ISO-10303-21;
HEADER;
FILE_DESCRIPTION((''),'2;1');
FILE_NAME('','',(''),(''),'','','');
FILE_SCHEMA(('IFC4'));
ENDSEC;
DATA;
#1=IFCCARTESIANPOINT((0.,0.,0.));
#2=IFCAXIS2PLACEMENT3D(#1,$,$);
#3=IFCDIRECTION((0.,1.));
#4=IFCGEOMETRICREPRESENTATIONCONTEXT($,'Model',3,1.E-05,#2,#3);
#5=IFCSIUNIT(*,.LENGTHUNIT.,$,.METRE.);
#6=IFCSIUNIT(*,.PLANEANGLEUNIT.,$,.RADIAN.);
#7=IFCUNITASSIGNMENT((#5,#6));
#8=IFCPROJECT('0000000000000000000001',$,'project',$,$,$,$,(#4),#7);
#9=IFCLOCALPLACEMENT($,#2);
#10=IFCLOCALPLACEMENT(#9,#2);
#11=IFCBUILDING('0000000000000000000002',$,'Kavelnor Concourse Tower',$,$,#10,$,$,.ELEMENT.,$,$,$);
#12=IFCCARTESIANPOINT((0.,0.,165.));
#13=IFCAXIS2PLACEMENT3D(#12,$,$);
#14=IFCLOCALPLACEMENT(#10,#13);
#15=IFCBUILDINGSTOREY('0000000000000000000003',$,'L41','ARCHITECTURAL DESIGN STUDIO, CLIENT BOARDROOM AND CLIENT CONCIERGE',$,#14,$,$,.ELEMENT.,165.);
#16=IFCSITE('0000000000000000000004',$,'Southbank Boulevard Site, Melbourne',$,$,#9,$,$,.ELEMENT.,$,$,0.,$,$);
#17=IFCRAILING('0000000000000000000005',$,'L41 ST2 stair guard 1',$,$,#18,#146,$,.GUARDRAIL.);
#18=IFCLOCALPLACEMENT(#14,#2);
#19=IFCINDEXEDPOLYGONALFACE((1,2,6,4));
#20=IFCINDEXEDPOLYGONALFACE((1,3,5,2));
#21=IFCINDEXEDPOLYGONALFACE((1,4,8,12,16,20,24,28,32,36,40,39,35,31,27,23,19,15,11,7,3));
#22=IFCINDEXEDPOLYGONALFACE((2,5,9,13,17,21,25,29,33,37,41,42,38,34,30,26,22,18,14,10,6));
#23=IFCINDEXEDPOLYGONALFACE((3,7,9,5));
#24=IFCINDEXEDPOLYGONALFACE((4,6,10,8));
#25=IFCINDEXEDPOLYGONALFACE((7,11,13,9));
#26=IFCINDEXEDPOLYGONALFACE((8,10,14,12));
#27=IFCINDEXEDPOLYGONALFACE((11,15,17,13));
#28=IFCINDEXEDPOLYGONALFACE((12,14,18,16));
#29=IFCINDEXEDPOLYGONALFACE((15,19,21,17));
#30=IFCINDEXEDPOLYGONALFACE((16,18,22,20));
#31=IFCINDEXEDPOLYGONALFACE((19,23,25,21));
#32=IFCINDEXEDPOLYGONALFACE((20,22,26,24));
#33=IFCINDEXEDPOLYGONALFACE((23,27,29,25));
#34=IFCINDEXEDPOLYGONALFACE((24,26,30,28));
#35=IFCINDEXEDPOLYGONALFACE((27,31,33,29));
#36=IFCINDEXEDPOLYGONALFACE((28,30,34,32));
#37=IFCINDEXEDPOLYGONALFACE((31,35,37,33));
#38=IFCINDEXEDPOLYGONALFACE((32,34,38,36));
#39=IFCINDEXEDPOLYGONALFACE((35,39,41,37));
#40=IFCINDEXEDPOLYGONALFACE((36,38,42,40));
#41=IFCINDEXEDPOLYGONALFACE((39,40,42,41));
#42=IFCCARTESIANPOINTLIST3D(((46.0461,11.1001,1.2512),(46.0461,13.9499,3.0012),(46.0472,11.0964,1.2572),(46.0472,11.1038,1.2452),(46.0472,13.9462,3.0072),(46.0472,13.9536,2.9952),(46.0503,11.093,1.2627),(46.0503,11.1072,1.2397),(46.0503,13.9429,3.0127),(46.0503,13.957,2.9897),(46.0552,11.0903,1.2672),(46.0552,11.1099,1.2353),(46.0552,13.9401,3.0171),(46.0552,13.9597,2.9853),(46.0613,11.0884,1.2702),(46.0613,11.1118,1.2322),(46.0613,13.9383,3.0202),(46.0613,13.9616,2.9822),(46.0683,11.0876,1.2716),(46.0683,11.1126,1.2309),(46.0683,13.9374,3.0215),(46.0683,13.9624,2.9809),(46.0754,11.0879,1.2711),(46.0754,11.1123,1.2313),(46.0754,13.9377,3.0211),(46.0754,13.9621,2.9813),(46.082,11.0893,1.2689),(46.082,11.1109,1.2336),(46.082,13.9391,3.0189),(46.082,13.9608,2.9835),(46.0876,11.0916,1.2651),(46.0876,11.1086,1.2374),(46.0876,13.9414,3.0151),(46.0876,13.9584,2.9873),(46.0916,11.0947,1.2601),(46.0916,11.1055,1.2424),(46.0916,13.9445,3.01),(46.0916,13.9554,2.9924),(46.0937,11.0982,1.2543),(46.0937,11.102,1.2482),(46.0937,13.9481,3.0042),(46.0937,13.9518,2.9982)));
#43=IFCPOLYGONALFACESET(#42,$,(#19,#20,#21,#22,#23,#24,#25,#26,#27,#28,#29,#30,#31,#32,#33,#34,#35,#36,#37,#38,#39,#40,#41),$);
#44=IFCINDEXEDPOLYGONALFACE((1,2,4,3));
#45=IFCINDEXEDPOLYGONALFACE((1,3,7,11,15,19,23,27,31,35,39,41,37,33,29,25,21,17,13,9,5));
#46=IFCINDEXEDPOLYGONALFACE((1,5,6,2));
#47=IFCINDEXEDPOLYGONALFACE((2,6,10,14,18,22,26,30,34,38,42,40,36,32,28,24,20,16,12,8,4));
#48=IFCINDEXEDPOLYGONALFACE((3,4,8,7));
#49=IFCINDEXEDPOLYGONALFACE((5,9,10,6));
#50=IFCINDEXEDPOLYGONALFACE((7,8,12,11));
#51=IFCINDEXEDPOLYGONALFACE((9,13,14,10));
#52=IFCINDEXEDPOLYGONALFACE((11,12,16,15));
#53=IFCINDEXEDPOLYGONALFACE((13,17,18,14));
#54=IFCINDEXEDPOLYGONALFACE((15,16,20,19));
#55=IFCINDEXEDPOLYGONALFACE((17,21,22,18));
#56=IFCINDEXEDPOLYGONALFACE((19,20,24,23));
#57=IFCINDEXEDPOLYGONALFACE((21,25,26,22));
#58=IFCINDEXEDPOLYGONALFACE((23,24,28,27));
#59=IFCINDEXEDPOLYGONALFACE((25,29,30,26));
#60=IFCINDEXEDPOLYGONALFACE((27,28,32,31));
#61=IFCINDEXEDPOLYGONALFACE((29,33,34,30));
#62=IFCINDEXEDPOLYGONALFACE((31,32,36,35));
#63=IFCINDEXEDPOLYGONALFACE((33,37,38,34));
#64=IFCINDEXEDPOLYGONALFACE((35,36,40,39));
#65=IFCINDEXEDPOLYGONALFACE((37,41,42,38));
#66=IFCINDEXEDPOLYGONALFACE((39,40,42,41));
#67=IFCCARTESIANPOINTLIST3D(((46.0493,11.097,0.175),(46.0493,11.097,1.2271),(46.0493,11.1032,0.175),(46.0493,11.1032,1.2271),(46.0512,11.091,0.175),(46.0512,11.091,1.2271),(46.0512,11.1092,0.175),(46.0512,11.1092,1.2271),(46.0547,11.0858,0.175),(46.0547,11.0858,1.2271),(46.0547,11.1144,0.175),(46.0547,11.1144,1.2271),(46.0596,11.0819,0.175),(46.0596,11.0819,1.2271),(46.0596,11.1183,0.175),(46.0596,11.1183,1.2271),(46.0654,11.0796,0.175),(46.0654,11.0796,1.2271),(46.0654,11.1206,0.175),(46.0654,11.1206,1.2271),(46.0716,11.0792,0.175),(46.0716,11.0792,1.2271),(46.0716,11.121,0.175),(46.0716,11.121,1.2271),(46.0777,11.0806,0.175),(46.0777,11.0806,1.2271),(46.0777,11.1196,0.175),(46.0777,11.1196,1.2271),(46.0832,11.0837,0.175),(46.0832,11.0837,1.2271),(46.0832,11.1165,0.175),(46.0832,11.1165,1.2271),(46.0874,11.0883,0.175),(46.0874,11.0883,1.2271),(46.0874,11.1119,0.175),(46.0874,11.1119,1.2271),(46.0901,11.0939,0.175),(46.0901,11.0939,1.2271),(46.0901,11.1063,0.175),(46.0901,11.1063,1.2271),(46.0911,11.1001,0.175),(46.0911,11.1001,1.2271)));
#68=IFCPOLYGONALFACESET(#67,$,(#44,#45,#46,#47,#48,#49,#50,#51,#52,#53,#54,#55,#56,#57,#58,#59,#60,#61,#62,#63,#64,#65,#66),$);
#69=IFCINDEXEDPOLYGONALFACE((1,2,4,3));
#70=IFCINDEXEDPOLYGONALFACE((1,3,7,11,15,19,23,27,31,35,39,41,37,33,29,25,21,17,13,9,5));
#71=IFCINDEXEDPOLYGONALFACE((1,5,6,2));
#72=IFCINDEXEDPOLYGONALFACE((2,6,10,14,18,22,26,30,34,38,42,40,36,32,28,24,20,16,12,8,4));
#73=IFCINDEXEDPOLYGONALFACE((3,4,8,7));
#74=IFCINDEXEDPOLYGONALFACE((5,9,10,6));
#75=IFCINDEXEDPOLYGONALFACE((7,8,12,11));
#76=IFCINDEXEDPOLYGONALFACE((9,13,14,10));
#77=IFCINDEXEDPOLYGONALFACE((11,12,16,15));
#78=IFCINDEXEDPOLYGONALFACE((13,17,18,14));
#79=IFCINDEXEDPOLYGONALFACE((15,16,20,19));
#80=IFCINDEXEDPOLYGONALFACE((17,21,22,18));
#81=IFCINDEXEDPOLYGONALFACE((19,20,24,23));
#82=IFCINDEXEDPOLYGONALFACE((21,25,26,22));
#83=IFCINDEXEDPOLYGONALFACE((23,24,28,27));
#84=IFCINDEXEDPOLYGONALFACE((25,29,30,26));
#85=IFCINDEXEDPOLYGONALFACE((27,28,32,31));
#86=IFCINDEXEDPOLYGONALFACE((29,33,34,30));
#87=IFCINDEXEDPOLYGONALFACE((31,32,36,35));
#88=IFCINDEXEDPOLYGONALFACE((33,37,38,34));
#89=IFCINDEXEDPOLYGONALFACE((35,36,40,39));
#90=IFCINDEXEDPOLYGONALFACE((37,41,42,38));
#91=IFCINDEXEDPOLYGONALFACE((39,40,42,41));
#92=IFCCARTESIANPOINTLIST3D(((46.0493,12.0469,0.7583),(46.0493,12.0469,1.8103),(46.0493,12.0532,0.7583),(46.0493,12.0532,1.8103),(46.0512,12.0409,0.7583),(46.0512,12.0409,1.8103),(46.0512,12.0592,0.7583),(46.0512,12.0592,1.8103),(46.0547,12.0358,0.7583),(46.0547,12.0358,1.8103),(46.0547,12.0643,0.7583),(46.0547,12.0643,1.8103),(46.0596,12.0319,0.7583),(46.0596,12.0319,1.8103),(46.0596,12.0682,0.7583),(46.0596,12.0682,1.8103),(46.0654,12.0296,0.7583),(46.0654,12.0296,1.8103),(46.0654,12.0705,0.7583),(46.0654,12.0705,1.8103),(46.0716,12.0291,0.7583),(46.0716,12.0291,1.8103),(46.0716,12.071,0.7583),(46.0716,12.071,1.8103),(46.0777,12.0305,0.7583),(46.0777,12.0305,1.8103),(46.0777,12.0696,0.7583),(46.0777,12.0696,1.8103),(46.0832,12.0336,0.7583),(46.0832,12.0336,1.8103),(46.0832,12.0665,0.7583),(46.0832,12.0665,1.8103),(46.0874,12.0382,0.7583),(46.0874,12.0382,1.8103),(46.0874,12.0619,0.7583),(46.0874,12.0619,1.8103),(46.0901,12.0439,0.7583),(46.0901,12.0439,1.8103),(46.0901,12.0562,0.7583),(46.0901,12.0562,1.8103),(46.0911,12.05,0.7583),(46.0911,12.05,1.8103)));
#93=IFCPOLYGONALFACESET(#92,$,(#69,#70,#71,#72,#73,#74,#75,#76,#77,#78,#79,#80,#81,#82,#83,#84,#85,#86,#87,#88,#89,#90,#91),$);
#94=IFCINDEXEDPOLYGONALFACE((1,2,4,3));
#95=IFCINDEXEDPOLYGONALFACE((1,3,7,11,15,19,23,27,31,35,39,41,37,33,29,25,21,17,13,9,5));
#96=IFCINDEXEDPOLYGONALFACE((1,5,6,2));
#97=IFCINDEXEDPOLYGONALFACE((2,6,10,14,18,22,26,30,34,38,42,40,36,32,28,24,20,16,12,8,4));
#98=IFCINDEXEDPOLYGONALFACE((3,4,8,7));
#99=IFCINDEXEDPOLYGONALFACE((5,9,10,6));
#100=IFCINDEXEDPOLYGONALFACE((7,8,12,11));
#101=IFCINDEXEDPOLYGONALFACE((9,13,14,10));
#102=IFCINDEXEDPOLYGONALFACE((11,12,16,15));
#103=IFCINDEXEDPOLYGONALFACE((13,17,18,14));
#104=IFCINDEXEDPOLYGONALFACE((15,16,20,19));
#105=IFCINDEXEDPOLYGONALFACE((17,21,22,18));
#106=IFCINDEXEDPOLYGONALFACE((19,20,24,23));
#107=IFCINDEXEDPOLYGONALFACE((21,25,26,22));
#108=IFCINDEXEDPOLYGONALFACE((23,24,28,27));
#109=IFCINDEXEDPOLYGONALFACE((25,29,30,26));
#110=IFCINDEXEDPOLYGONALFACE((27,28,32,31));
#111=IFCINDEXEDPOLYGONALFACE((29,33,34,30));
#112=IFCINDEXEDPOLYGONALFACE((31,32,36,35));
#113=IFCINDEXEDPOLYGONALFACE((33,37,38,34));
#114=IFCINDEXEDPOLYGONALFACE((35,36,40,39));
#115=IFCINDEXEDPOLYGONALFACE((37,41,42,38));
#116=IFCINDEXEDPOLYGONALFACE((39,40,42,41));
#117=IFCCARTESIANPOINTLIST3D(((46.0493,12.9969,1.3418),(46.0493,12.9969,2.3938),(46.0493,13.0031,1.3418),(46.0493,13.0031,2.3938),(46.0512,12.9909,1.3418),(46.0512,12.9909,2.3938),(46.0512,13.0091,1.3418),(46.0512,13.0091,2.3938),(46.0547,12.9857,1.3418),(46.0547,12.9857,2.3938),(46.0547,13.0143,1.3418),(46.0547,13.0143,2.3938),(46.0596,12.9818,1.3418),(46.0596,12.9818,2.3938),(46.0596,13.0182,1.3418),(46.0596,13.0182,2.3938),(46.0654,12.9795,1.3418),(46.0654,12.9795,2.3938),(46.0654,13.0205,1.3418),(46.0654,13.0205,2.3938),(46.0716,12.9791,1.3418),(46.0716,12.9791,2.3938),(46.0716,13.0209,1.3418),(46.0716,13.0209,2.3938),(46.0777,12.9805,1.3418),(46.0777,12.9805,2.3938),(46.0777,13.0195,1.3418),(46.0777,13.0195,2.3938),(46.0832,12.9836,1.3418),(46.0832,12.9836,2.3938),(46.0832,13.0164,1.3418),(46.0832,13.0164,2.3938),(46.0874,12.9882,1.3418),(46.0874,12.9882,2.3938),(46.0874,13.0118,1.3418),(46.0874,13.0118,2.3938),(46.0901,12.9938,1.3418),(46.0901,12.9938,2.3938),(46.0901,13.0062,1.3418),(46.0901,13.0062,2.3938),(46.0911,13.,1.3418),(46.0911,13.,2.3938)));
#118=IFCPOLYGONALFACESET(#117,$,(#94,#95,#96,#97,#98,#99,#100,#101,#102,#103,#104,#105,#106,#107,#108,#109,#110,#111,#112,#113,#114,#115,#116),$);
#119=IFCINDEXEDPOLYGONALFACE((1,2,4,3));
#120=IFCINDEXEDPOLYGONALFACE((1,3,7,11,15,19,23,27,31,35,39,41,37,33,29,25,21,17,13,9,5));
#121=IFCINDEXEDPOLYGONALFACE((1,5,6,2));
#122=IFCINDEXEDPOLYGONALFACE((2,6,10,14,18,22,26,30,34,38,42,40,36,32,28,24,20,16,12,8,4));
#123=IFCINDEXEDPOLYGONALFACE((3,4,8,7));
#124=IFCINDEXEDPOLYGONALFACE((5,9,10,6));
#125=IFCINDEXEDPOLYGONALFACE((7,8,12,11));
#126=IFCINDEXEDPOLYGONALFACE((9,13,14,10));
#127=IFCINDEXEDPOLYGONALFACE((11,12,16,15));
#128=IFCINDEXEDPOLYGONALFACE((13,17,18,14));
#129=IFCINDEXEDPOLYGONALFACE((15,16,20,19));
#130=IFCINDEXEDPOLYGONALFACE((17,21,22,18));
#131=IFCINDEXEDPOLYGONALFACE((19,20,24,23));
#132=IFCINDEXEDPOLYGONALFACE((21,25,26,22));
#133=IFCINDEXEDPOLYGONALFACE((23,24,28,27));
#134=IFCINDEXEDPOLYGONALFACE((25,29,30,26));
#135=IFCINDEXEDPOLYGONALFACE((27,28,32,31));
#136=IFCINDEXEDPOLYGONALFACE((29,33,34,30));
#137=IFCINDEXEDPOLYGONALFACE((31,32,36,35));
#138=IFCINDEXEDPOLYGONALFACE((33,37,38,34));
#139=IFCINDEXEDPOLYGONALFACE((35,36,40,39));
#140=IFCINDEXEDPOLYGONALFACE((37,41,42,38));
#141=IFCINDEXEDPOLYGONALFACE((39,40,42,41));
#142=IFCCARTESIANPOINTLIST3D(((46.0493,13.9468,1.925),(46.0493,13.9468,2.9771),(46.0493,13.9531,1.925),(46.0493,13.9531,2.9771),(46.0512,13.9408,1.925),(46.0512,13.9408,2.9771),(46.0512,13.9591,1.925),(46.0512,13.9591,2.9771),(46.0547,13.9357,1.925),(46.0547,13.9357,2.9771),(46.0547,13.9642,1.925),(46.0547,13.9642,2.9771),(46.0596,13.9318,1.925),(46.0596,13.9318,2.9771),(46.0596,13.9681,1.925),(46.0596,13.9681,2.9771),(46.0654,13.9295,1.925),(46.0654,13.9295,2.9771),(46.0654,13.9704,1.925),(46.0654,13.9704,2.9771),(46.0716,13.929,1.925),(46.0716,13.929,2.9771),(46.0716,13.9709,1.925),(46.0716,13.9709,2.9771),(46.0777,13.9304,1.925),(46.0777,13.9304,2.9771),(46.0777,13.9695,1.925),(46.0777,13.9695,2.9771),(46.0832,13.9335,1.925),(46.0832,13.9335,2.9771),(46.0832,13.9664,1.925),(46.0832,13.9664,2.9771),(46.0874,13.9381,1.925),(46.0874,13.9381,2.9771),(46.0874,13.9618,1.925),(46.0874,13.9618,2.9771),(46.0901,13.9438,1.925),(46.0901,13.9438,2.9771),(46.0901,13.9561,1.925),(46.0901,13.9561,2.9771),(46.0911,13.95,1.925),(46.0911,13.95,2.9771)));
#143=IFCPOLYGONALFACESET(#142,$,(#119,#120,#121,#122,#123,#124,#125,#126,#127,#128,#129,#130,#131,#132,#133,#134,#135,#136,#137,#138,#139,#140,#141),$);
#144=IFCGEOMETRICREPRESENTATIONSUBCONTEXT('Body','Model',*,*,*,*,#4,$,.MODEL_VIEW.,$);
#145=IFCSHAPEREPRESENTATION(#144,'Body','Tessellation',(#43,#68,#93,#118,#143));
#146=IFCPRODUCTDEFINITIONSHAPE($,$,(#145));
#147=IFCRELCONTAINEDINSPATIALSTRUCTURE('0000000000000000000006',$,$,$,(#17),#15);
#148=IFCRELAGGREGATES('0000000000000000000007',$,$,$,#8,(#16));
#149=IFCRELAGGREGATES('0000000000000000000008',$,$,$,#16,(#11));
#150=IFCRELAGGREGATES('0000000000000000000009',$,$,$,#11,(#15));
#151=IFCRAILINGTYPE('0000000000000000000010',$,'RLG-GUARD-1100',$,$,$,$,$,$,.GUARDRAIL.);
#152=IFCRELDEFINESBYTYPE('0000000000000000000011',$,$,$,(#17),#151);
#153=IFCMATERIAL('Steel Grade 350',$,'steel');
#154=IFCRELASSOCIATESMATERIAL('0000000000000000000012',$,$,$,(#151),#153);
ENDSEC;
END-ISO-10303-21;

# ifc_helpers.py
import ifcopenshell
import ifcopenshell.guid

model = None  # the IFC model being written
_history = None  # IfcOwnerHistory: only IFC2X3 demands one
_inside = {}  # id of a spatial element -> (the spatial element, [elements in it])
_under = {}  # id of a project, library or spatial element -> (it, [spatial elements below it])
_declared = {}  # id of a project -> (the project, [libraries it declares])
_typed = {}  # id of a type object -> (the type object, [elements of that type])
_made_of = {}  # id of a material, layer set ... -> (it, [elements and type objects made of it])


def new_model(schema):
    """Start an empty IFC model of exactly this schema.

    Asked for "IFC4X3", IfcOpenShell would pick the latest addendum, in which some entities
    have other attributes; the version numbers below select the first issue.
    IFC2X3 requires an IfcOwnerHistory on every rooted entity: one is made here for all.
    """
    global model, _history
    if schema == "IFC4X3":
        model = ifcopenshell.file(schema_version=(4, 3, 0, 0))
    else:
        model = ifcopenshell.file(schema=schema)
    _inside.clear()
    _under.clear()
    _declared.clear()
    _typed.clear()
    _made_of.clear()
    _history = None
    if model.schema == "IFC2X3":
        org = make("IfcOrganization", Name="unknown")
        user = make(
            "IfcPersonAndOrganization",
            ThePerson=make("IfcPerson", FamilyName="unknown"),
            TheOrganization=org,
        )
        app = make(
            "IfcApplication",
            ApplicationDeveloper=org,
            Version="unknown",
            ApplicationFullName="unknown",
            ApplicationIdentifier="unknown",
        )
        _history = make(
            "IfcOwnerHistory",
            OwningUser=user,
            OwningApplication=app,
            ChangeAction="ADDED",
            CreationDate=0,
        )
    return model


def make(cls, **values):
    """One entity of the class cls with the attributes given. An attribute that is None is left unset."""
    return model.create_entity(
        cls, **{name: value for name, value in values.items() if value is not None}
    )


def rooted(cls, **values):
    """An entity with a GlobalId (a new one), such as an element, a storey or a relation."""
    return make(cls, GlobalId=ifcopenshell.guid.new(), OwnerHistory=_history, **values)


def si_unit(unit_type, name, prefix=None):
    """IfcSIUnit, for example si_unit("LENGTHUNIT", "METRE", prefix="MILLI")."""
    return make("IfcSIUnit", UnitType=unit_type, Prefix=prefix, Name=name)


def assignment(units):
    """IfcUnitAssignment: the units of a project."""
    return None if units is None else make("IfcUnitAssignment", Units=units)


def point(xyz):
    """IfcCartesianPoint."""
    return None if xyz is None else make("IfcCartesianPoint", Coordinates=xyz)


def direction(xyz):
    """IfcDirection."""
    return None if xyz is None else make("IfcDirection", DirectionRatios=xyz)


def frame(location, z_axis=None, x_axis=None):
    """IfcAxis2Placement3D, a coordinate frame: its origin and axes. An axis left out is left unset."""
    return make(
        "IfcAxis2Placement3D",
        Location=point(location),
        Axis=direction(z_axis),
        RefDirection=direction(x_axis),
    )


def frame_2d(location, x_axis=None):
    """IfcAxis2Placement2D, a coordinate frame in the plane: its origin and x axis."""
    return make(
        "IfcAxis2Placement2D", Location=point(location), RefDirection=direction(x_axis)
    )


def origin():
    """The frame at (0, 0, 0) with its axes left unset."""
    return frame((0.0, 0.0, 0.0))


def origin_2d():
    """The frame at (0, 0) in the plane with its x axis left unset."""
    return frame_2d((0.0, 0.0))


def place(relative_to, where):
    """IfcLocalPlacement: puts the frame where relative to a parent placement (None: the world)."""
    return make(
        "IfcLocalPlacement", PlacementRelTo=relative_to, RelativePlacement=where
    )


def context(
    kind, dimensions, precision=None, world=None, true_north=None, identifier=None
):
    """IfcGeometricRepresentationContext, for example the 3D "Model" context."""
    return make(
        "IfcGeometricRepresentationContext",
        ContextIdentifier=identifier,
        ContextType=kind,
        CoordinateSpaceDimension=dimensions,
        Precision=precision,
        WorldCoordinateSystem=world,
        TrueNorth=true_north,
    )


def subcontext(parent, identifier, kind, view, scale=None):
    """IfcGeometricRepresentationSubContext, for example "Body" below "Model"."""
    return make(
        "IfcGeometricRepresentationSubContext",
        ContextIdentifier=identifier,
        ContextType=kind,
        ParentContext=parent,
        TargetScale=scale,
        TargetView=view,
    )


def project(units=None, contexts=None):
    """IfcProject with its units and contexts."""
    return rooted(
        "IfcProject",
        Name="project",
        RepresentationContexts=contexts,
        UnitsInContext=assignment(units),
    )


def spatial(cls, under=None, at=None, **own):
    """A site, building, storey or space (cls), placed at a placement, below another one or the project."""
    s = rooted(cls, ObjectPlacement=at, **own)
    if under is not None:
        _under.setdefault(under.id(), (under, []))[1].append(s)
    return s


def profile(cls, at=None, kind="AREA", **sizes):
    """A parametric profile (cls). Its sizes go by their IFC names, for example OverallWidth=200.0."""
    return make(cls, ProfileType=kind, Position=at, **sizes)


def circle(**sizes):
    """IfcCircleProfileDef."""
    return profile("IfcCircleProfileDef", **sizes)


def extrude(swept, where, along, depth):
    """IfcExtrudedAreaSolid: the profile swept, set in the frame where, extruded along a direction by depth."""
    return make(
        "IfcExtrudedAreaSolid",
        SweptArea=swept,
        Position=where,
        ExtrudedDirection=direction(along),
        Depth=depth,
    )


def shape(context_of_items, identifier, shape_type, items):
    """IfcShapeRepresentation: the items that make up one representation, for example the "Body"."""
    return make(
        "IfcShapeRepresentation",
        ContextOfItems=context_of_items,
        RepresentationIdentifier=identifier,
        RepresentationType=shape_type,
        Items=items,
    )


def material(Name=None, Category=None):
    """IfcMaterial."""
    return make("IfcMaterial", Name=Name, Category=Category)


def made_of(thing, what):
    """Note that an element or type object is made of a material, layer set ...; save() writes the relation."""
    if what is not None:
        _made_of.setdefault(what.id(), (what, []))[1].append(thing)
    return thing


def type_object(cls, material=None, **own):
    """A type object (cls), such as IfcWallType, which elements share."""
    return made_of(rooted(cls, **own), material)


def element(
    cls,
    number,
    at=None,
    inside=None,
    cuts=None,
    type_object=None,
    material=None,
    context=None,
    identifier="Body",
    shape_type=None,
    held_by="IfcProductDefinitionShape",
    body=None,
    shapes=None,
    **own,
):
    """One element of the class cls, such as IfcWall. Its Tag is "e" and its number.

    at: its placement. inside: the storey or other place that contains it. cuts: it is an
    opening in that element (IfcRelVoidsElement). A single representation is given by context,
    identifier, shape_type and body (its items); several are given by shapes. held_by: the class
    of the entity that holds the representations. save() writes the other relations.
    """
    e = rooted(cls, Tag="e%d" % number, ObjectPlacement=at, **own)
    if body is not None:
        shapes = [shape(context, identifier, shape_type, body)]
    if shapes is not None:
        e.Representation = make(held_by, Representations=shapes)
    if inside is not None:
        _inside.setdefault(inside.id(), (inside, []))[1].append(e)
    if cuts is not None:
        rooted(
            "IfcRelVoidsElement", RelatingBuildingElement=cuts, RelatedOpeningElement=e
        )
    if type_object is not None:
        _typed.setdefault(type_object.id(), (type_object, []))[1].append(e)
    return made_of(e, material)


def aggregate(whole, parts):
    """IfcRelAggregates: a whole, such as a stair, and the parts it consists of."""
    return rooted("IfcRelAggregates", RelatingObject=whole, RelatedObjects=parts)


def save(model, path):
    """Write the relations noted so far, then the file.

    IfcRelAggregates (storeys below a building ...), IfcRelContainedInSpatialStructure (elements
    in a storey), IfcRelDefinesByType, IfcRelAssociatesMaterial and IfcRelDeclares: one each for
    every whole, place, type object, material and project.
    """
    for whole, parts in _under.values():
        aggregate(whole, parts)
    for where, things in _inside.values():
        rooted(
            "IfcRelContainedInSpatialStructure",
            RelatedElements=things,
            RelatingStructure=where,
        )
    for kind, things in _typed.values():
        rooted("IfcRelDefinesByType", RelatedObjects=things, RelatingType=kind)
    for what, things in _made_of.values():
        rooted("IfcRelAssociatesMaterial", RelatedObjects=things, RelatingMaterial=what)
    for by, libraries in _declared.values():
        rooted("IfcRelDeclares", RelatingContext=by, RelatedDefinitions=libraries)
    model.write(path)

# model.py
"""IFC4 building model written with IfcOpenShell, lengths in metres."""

from ifc_helpers import new_model, si_unit, direction, frame, origin, origin_2d, place, context, subcontext, project, spatial, circle, extrude, material, type_object, element, save


model = new_model("IFC4")

# Units and contexts
model_context = context("Model", 3, precision=1e-05, world=origin(), true_north=direction((0.0, 1.0)))
body_context = subcontext(model_context, "Body", "Model", "MODEL_VIEW")
ifc_project = project(units=[si_unit("LENGTHUNIT", "METRE"), si_unit("PLANEANGLEUNIT", "RADIAN")], contexts=[model_context])

# Site, building, storey
site_placement = place(None, origin())
site = spatial("IfcSite", under=ifc_project, at=site_placement, Name="Southbank Boulevard Site, Melbourne", CompositionType="ELEMENT", RefElevation=0.0)
building_placement = place(site_placement, origin())
building = spatial("IfcBuilding", under=site, at=building_placement, Name="Kavelnor Concourse Tower", CompositionType="ELEMENT")
storey_placement = place(building_placement, frame((0.0, 0.0, 165.0)))
storey = spatial("IfcBuildingStorey", under=building, at=storey_placement, Name="L41", Description="ARCHITECTURAL DESIGN STUDIO, CLIENT BOARDROOM AND CLIENT CONCIERGE", CompositionType="ELEMENT", Elevation=165.0)

# Shared definitions
ifc_material_1 = material(Name="Steel Grade 350", Category="steel")

# Railing
railing_type_1 = type_object("IfcRailingType", Name="RLG-GUARD-1100", PredefinedType="GUARDRAIL", material=ifc_material_1)
railing_1_placement = place(storey_placement, frame((46.0701, 11.1001, 0.175)))
element("IfcRailing", 1, at=railing_1_placement, inside=storey, type_object=railing_type_1, Name="L41 ST2 stair guard 1", PredefinedType="GUARDRAIL", context=body_context, shape_type="SweptSolid", body=[
    extrude(circle(Radius=0.0239, at=origin_2d()), frame((0.0, 0.0, 1.0762), z_axis=(0.0, 0.852159, 0.523283), x_axis=(-1.0, 0.0, 0.0)), (0.0, 0.0, 1.0), 3.3442),
    extrude(circle(Radius=0.021, at=origin_2d()), origin(), (0.0, 0.0, 1.0), 1.052),
    extrude(circle(Radius=0.021, at=origin_2d()), frame((0.0, 0.95, 0.5833)), (0.0, 0.0, 1.0), 1.052),
    extrude(circle(Radius=0.021, at=origin_2d()), frame((0.0, 1.8999, 1.1667)), (0.0, 0.0, 1.0), 1.052),
    extrude(circle(Radius=0.021, at=origin_2d()), frame((0.0, 2.8499, 1.75)), (0.0, 0.0, 1.0), 1.052),
])

save(model, "model.ifc")
